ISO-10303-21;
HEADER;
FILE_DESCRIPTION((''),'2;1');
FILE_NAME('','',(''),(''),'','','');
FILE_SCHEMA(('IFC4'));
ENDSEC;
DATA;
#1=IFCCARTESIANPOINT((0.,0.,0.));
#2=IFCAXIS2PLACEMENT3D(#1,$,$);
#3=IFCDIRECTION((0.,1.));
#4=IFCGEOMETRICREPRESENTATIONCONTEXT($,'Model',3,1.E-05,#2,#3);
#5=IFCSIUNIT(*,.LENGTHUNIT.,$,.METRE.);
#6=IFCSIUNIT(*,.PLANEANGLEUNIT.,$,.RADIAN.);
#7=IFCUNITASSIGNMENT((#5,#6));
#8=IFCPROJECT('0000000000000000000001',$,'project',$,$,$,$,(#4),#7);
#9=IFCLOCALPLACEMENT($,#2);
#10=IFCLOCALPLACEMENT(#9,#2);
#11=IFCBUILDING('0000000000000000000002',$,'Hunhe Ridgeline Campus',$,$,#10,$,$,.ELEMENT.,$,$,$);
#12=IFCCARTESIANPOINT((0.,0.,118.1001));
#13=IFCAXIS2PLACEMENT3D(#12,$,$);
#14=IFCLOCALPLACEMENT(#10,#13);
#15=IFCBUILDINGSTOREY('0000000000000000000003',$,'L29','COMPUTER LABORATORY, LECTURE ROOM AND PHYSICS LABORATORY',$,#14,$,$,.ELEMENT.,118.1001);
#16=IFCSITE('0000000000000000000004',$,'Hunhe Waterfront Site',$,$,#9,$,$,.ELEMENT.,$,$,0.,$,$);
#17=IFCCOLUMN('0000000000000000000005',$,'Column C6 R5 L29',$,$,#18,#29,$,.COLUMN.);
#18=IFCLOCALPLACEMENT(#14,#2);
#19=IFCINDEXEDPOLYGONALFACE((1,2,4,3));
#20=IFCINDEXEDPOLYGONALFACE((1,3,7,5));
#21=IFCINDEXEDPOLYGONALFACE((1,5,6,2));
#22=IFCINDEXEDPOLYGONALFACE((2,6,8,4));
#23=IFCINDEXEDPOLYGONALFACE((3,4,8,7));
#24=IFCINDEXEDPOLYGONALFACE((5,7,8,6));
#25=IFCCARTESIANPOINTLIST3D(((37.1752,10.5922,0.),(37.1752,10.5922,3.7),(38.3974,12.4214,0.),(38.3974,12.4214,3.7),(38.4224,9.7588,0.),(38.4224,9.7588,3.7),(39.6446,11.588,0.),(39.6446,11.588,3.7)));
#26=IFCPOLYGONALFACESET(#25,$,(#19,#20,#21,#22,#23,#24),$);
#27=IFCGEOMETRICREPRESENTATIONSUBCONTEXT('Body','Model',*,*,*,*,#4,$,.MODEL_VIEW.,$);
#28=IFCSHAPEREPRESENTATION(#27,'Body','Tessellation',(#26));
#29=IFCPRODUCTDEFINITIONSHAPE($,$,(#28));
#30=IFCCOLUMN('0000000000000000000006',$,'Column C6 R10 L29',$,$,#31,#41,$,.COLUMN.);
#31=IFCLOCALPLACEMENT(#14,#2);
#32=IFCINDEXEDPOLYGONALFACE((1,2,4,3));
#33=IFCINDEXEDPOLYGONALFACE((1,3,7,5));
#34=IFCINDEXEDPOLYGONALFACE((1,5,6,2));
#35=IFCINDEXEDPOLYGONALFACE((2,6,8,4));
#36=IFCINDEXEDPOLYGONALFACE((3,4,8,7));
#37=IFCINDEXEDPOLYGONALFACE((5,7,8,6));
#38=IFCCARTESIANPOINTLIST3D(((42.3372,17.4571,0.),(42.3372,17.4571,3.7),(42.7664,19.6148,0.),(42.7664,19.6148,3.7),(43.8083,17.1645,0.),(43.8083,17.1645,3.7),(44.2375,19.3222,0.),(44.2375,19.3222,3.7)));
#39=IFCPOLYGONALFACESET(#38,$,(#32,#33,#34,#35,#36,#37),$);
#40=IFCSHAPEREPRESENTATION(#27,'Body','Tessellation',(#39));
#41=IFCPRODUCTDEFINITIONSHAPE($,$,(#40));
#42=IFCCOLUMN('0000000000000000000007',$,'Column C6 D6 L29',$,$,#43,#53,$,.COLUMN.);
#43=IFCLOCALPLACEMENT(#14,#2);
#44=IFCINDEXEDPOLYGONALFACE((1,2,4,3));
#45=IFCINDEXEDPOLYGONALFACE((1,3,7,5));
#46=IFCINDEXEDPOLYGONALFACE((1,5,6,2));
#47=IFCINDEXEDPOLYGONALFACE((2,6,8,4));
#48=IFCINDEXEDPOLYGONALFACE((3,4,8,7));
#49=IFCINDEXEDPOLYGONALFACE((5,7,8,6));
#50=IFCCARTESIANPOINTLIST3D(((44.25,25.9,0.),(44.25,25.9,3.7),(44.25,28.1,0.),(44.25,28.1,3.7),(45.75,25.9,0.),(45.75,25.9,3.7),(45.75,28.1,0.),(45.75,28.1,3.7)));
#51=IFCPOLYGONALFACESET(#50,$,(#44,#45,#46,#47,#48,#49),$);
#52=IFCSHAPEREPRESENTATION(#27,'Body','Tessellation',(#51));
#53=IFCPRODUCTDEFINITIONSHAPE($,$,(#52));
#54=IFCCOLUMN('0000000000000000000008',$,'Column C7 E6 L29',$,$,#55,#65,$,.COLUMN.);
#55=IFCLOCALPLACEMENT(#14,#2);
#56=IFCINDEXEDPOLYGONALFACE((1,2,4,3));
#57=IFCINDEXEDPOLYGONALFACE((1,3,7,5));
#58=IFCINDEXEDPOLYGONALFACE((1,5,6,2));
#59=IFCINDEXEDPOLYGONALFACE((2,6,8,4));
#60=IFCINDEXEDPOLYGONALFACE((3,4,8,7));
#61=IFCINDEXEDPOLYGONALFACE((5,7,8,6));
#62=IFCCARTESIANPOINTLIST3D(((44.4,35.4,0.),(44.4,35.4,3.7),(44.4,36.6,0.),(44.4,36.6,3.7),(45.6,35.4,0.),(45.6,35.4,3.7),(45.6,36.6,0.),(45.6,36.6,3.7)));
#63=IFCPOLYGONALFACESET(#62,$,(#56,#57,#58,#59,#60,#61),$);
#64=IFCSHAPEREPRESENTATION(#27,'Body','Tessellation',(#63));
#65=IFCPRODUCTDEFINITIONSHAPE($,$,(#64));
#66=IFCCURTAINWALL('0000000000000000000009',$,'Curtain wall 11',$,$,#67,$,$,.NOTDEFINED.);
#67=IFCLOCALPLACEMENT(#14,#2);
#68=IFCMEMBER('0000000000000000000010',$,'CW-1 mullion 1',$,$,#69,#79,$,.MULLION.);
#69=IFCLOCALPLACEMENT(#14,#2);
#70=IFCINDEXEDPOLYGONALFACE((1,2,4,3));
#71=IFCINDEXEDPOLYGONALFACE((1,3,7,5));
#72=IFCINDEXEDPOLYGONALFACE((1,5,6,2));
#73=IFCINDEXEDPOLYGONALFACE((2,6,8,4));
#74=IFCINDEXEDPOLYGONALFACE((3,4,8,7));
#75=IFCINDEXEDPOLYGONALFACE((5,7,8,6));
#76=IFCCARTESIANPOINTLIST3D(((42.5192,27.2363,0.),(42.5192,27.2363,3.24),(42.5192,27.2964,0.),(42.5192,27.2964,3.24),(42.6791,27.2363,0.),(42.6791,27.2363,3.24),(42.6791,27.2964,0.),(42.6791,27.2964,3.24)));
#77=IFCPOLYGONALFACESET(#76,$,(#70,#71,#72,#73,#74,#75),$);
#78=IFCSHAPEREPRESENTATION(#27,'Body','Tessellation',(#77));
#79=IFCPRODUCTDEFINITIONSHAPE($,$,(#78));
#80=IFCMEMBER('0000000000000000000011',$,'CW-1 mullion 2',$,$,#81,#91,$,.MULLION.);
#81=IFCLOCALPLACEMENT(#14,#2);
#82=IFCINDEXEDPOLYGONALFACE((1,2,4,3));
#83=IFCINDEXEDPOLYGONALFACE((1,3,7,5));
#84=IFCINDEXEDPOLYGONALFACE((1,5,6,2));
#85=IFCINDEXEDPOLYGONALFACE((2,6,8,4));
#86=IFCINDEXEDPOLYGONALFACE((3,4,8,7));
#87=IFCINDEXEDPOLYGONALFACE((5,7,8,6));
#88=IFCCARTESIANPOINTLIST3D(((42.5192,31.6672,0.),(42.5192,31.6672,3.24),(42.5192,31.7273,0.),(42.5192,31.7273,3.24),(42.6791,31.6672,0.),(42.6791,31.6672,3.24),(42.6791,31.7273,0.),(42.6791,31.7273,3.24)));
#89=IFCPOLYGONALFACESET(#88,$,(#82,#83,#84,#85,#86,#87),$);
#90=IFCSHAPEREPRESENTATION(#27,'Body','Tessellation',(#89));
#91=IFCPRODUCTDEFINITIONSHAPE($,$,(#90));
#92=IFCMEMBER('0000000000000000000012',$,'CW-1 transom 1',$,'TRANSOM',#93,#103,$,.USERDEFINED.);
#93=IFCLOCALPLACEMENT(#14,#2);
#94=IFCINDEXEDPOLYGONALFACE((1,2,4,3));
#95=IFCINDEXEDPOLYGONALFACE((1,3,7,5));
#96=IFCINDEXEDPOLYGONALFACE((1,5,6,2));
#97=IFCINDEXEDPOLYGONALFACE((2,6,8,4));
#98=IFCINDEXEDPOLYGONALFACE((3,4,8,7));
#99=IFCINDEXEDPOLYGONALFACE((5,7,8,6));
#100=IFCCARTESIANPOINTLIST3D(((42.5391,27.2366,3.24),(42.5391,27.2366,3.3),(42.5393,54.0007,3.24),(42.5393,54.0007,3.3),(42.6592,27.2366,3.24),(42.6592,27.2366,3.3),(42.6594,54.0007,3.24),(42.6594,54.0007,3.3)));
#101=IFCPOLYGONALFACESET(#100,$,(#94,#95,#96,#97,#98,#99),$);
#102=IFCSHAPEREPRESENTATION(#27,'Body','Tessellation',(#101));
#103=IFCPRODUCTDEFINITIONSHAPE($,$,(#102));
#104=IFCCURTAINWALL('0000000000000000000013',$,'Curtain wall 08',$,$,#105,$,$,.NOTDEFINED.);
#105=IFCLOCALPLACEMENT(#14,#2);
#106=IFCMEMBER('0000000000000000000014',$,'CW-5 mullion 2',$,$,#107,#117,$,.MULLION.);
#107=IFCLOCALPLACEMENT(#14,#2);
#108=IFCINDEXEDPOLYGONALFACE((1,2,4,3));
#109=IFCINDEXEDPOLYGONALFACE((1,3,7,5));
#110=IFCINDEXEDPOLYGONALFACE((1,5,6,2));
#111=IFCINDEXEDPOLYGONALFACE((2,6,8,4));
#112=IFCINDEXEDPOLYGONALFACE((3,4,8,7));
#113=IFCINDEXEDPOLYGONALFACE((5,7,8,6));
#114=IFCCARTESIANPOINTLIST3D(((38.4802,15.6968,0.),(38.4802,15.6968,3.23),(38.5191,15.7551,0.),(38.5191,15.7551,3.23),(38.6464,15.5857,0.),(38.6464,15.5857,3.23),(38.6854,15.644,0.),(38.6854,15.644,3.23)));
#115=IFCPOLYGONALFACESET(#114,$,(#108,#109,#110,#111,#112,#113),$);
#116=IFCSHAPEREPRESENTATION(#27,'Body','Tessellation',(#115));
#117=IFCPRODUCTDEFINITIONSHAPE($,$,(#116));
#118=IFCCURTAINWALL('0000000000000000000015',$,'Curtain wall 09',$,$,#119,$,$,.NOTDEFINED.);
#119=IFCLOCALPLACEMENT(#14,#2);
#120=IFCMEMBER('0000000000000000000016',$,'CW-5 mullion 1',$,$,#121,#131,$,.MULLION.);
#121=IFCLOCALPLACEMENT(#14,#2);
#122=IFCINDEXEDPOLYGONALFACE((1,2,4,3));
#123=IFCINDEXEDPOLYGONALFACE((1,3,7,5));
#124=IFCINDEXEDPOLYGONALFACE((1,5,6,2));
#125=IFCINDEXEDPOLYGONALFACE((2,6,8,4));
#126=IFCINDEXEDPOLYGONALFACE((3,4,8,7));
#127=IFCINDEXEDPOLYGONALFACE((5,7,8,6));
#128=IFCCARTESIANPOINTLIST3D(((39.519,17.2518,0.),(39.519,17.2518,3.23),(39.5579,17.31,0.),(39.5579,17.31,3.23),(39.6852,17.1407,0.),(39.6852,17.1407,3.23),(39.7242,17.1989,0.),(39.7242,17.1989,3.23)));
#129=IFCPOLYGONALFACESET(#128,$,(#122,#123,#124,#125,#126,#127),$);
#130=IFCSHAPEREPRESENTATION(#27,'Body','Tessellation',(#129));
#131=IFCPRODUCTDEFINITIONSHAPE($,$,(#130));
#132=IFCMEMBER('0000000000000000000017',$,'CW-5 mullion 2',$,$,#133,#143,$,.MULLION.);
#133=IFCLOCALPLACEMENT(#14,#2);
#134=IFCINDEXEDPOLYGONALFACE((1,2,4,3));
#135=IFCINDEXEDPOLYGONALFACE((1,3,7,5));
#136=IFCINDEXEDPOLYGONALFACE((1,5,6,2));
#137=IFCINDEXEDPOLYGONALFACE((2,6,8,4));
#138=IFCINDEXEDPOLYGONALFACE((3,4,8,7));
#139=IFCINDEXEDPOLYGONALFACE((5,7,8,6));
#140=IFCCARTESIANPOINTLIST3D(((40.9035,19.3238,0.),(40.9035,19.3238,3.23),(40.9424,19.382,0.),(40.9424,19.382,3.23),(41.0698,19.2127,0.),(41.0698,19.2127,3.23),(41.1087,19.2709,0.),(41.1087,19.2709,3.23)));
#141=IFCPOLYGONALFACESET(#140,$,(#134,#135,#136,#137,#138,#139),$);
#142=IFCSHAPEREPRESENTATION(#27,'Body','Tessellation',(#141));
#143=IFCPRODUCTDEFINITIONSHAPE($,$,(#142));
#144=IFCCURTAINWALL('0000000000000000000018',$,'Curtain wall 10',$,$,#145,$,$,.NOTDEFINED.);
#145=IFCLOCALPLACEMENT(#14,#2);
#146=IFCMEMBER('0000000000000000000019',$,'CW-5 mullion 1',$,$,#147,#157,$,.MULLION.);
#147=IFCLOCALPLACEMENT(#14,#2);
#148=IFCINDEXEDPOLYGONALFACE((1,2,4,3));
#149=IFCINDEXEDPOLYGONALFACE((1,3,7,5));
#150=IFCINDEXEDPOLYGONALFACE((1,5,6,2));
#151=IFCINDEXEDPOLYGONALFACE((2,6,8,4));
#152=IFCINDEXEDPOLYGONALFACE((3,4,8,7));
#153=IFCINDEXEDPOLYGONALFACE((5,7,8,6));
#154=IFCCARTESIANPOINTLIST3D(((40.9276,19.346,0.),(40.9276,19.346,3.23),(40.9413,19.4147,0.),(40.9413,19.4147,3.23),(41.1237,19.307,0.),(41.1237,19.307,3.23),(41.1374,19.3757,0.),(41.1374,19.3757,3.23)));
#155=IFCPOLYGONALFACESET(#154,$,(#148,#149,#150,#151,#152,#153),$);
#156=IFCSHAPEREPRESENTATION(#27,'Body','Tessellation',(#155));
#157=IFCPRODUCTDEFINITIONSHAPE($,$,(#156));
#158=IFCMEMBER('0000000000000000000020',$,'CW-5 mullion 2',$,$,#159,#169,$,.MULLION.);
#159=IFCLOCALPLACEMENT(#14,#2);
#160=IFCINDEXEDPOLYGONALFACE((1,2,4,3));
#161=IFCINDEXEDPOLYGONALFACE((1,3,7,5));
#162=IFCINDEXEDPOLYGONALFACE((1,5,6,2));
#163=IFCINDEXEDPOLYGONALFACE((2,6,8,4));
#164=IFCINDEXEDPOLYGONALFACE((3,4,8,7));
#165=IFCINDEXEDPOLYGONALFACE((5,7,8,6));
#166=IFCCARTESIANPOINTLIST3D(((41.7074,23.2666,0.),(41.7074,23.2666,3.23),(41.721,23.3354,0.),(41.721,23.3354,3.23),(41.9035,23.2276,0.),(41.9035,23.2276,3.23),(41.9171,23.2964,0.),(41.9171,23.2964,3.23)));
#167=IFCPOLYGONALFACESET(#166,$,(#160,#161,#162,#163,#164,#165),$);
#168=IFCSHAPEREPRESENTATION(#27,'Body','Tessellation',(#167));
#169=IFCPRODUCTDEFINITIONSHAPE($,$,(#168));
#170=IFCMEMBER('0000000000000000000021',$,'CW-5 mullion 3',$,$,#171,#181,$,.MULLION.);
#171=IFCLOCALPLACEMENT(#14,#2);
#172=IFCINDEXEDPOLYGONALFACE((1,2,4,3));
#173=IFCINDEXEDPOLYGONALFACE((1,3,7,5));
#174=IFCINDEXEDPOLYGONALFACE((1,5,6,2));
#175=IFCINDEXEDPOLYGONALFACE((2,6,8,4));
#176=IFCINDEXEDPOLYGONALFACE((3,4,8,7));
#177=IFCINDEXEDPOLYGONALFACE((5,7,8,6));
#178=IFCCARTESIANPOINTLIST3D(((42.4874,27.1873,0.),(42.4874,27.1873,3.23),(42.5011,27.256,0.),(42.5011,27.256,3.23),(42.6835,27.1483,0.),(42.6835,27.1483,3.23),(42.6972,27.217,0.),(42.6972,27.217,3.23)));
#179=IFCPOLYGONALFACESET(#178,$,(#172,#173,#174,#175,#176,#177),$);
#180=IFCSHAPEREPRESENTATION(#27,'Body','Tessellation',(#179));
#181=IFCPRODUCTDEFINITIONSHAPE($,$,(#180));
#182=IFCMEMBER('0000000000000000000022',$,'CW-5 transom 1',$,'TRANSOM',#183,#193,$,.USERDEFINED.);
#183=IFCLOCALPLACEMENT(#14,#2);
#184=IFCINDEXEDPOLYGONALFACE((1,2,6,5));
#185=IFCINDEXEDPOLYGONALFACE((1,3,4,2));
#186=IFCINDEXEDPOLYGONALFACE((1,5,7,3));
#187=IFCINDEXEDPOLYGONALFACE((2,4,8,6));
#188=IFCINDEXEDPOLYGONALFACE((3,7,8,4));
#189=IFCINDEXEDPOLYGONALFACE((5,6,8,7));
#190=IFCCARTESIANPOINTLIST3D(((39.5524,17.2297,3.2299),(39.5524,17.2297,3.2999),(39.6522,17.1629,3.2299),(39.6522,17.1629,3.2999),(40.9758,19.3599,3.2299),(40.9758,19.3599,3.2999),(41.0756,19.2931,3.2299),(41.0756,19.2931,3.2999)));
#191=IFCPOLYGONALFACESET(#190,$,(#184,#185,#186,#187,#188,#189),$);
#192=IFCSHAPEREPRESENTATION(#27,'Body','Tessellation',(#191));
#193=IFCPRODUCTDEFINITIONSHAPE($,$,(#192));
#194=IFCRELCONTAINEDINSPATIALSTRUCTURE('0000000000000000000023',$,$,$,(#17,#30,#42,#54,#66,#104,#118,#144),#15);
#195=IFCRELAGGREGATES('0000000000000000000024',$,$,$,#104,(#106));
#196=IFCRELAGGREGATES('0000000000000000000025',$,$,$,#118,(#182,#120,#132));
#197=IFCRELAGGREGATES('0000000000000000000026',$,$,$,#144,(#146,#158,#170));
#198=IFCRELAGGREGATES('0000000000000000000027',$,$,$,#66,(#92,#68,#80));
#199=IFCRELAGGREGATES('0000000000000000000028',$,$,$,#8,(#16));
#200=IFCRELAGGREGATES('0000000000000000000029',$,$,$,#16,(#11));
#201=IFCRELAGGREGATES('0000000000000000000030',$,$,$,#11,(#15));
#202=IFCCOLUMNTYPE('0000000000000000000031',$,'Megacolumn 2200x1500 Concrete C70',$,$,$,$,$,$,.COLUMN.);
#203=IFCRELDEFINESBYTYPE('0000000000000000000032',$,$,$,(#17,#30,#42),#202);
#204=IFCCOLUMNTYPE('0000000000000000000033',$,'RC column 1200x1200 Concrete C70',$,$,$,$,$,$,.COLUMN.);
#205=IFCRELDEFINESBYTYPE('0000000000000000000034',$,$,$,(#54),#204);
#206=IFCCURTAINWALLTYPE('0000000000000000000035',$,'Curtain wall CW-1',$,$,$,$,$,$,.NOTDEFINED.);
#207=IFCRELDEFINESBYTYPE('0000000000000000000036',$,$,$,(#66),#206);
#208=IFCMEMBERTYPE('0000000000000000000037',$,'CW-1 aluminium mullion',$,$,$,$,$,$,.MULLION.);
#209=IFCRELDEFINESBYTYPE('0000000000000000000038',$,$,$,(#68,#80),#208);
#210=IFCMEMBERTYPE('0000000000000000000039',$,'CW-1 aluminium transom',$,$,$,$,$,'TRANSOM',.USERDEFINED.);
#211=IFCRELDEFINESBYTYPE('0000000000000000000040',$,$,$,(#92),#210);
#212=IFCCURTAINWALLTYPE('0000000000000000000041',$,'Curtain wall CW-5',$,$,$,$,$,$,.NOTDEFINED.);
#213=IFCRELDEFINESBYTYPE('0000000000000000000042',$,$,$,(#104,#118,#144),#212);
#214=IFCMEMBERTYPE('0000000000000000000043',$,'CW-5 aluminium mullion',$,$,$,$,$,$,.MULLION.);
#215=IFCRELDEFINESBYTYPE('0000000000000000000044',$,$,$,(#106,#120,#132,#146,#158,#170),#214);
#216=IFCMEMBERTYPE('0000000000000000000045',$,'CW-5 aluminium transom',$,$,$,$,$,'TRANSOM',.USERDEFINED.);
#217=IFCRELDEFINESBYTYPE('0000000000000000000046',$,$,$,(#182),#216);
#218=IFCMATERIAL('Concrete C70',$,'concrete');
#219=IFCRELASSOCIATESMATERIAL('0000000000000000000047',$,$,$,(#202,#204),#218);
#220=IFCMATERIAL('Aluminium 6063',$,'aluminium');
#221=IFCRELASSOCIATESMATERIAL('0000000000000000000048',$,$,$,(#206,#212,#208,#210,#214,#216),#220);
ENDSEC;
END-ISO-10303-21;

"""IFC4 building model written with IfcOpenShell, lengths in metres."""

from ifc_helpers import new_model, si_unit, direction, frame, origin, origin_2d, place, context, subcontext, project, spatial, rectangle, extrude, material, material_profile, profile_set, type_object, element, aggregate, save


model = new_model("IFC4")

# Units and contexts
model_context = context("Model", 3, precision=1e-05, world=origin(), true_north=direction((0.0, 1.0)))
body_context = subcontext(model_context, "Body", "Model", "MODEL_VIEW")
ifc_project = project(units=[si_unit("LENGTHUNIT", "METRE"), si_unit("PLANEANGLEUNIT", "RADIAN")], contexts=[model_context])

# Site, building, storey
site_placement = place(None, origin())
site = spatial("IfcSite", under=ifc_project, at=site_placement, Name="Hunhe Waterfront Site", CompositionType="ELEMENT", RefElevation=0.0)
building_placement = place(site_placement, origin())
building = spatial("IfcBuilding", under=site, at=building_placement, Name="Hunhe Ridgeline Campus", CompositionType="ELEMENT")
storey_placement = place(building_placement, frame((0.0, 0.0, 118.1001)))
storey = spatial("IfcBuildingStorey", under=building, at=storey_placement, Name="L29", Description="COMPUTER LABORATORY, LECTURE ROOM AND PHYSICS LABORATORY", CompositionType="ELEMENT", Elevation=118.1001)

# Columns
ifc_material_1 = material(Name="Concrete C70", Category="concrete")
ifc_material_profile_1 = material_profile(ifc_material_1, rectangle(XDim=2.2, YDim=1.5, at=origin_2d()))
ifc_profile_set_1 = profile_set([ifc_material_profile_1], Name="Concrete C70")
column_type_1 = type_object("IfcColumnType", Name="Megacolumn 2200x1500 Concrete C70", PredefinedType="COLUMN", material=ifc_profile_set_1)
for number, where, z_axis, x_axis, name in (
    (1, (38.4099, 11.0901, 0.0), (0.0, 0.0, 1.0), (0.55557, 0.83147, 0.0), "Column C6 R5 L29"),
    (2, (43.2874, 18.3896, 0.0), (0.0, 0.0, 1.0), (0.19509, 0.980785, 0.0), "Column C6 R10 L29"),
    (3, (45.0, 27.0, 0.0), (0.0, 0.0, 1.0), (0.0, 1.0, 0.0), "Column C6 D6 L29"),
):
    element("IfcColumn", number, at=place(storey_placement, frame(where, z_axis=z_axis, x_axis=x_axis)), inside=storey, type_object=column_type_1, Name=name, PredefinedType="COLUMN", context=body_context, shape_type="SweptSolid", body=[
        extrude(rectangle(XDim=2.2, YDim=1.5, at=origin_2d()), origin(), (0.0, 0.0, 1.0), 3.7),
    ])
ifc_material_profile_2 = material_profile(ifc_material_1, rectangle(XDim=1.2, YDim=1.2, at=origin_2d()))
ifc_profile_set_2 = profile_set([ifc_material_profile_2], Name="Concrete C70")
column_type_2 = type_object("IfcColumnType", Name="RC column 1200x1200 Concrete C70", PredefinedType="COLUMN", material=ifc_profile_set_2)
column_placement = place(storey_placement, frame((45.0, 36.0, 0.0), z_axis=(0.0, 0.0, 1.0), x_axis=(1.0, 0.0, 0.0)))
element("IfcColumn", 4, at=column_placement, inside=storey, type_object=column_type_2, Name="Column C7 E6 L29", PredefinedType="COLUMN", context=body_context, shape_type="SweptSolid", body=[
    extrude(rectangle(XDim=1.2, YDim=1.2, at=origin_2d()), origin(), (0.0, 0.0, 1.0), 3.7),
])

# Curtain wall, members
ifc_material_2 = material(Name="Aluminium 6063", Category="aluminium")
curtain_wall_type_1 = type_object("IfcCurtainWallType", Name="Curtain wall CW-1", PredefinedType="NOTDEFINED", material=ifc_material_2)
curtain_wall_1_placement = place(storey_placement, origin())
curtain_wall_1 = element("IfcCurtainWall", 5, at=curtain_wall_1_placement, inside=storey, type_object=curtain_wall_type_1, Name="Curtain wall 11", PredefinedType="NOTDEFINED")
ifc_material_profile_3 = material_profile(ifc_material_2, rectangle(XDim=0.1599, YDim=0.0601, at=origin_2d()))
ifc_profile_set_3 = profile_set([ifc_material_profile_3], Name="Aluminium 6063")
member_type_1 = type_object("IfcMemberType", Name="CW-1 aluminium mullion", PredefinedType="MULLION", material=ifc_profile_set_3)
member_1_placement = place(storey_placement, frame((42.5991, 27.2664, 0.0), z_axis=(0.0, 0.0, 1.0), x_axis=(-1.0, 0.000011, 0.0)))
member_1 = element("IfcMember", 6, at=member_1_placement, type_object=member_type_1, Name="CW-1 mullion 1", PredefinedType="MULLION", context=body_context, shape_type="SweptSolid", body=[
    extrude(rectangle(XDim=0.1599, YDim=0.0601, at=origin_2d()), origin(), (0.0, 0.0, 1.0), 3.24),
])
member_2_placement = place(storey_placement, frame((42.5991, 31.6973, 0.0), z_axis=(0.0, 0.0, 1.0), x_axis=(-1.0, 0.000011, 0.0)))
member_2 = element("IfcMember", 7, at=member_2_placement, type_object=member_type_1, Name="CW-1 mullion 2", PredefinedType="MULLION", context=body_context, shape_type="SweptSolid", body=[
    extrude(rectangle(XDim=0.1599, YDim=0.0601, at=origin_2d()), origin(), (0.0, 0.0, 1.0), 3.24),
])
ifc_material_profile_4 = material_profile(ifc_material_2, rectangle(XDim=0.1201, YDim=0.0601, at=origin_2d()))
ifc_profile_set_4 = profile_set([ifc_material_profile_4], Name="Aluminium 6063")
member_type_2 = type_object("IfcMemberType", Name="CW-1 aluminium transom", ElementType="TRANSOM", PredefinedType="USERDEFINED", material=ifc_profile_set_4)
member_3_placement = place(storey_placement, frame((42.5991, 27.2366, 3.27), z_axis=(0.000009, 1.0, 0.0), x_axis=(-1.0, 0.000009, 0.0)))
member_3 = element("IfcMember", 8, at=member_3_placement, type_object=member_type_2, Name="CW-1 transom 1", ObjectType="TRANSOM", PredefinedType="USERDEFINED", context=body_context, shape_type="SweptSolid", body=[
    extrude(rectangle(XDim=0.1201, YDim=0.0601, at=origin_2d()), origin(), (0.0, 0.0, 1.0), 26.7642),
])

# Curtain wall, member
curtain_wall_type_2 = type_object("IfcCurtainWallType", Name="Curtain wall CW-5", PredefinedType="NOTDEFINED", material=ifc_material_2)
curtain_wall_2_placement = place(storey_placement, origin())
curtain_wall_2 = element("IfcCurtainWall", 9, at=curtain_wall_2_placement, inside=storey, type_object=curtain_wall_type_2, Name="Curtain wall 08", PredefinedType="NOTDEFINED")
ifc_material_profile_5 = material_profile(ifc_material_2, rectangle(XDim=0.2, YDim=0.0701, at=origin_2d()))
ifc_profile_set_5 = profile_set([ifc_material_profile_5], Name="Aluminium 6063")
member_type_3 = type_object("IfcMemberType", Name="CW-5 aluminium mullion", PredefinedType="MULLION", material=ifc_profile_set_5)
member_4_placement = place(storey_placement, frame((38.5828, 15.6704, 0.0), z_axis=(0.0, 0.0, 1.0), x_axis=(-0.83147, 0.55557, 0.0)))
member_4 = element("IfcMember", 10, at=member_4_placement, type_object=member_type_3, Name="CW-5 mullion 2", PredefinedType="MULLION", context=body_context, shape_type="SweptSolid", body=[
    extrude(rectangle(XDim=0.2, YDim=0.0701, at=origin_2d()), origin(), (0.0, 0.0, 1.0), 3.23),
])

# Curtain walls, members
curtain_wall_3_placement = place(storey_placement, origin())
curtain_wall_3 = element("IfcCurtainWall", 11, at=curtain_wall_3_placement, inside=storey, type_object=curtain_wall_type_2, Name="Curtain wall 09", PredefinedType="NOTDEFINED")
member_5_placement = place(storey_placement, frame((39.6216, 17.2253, 0.0), z_axis=(0.0, 0.0, 1.0), x_axis=(-0.83147, 0.55557, 0.0)))
member_5 = element("IfcMember", 12, at=member_5_placement, type_object=member_type_3, Name="CW-5 mullion 1", PredefinedType="MULLION", context=body_context, shape_type="SweptSolid", body=[
    extrude(rectangle(XDim=0.2, YDim=0.0701, at=origin_2d()), origin(), (0.0, 0.0, 1.0), 3.23),
])
member_6_placement = place(storey_placement, frame((41.0061, 19.2974, 0.0), z_axis=(0.0, 0.0, 1.0), x_axis=(-0.83147, 0.55557, 0.0)))
member_6 = element("IfcMember", 13, at=member_6_placement, type_object=member_type_3, Name="CW-5 mullion 2", PredefinedType="MULLION", context=body_context, shape_type="SweptSolid", body=[
    extrude(rectangle(XDim=0.2, YDim=0.0701, at=origin_2d()), origin(), (0.0, 0.0, 1.0), 3.23),
])
curtain_wall_4_placement = place(storey_placement, origin())
curtain_wall_4 = element("IfcCurtainWall", 14, at=curtain_wall_4_placement, inside=storey, type_object=curtain_wall_type_2, Name="Curtain wall 10", PredefinedType="NOTDEFINED")
member_7_placement = place(storey_placement, frame((41.0325, 19.3608, 0.0), z_axis=(0.0, 0.0, 1.0), x_axis=(-0.980785, 0.19509, 0.0)))
member_7 = element("IfcMember", 15, at=member_7_placement, type_object=member_type_3, Name="CW-5 mullion 1", PredefinedType="MULLION", context=body_context, shape_type="SweptSolid", body=[
    extrude(rectangle(XDim=0.2, YDim=0.0701, at=origin_2d()), origin(), (0.0, 0.0, 1.0), 3.23),
])
member_8_placement = place(storey_placement, frame((41.8123, 23.2815, 0.0), z_axis=(0.0, 0.0, 1.0), x_axis=(-0.980785, 0.19509, 0.0)))
member_8 = element("IfcMember", 16, at=member_8_placement, type_object=member_type_3, Name="CW-5 mullion 2", PredefinedType="MULLION", context=body_context, shape_type="SweptSolid", body=[
    extrude(rectangle(XDim=0.2, YDim=0.0701, at=origin_2d()), origin(), (0.0, 0.0, 1.0), 3.23),
])
member_9_placement = place(storey_placement, frame((42.5923, 27.2021, 0.0), z_axis=(0.0, 0.0, 1.0), x_axis=(-0.980785, 0.19509, 0.0)))
member_9 = element("IfcMember", 17, at=member_9_placement, type_object=member_type_3, Name="CW-5 mullion 3", PredefinedType="MULLION", context=body_context, shape_type="SweptSolid", body=[
    extrude(rectangle(XDim=0.2, YDim=0.0701, at=origin_2d()), origin(), (0.0, 0.0, 1.0), 3.23),
])

# Member
ifc_material_profile_6 = material_profile(ifc_material_2, rectangle(XDim=0.1201, YDim=0.0701, at=origin_2d()))
ifc_profile_set_6 = profile_set([ifc_material_profile_6], Name="Aluminium 6063")
member_type_4 = type_object("IfcMemberType", Name="CW-5 aluminium transom", ElementType="TRANSOM", PredefinedType="USERDEFINED", material=ifc_profile_set_6)
member_10_placement = place(storey_placement, frame((39.6023, 17.1963, 3.2649), z_axis=(0.55558, 0.831463, 0.0), x_axis=(-0.831463, 0.55558, 0.0)))
member_10 = element("IfcMember", 18, at=member_10_placement, type_object=member_type_4, Name="CW-5 transom 1", ObjectType="TRANSOM", PredefinedType="USERDEFINED", context=body_context, shape_type="SweptSolid", body=[
    extrude(rectangle(XDim=0.1201, YDim=0.0701, at=origin_2d()), origin(), (0.0, 0.0, 1.0), 2.562),
])

aggregate(curtain_wall_2, [member_4])
aggregate(curtain_wall_3, [member_10, member_5, member_6])
aggregate(curtain_wall_4, [member_7, member_8, member_9])
aggregate(curtain_wall_1, [member_3, member_1, member_2])

save(model, "model.ifc")
